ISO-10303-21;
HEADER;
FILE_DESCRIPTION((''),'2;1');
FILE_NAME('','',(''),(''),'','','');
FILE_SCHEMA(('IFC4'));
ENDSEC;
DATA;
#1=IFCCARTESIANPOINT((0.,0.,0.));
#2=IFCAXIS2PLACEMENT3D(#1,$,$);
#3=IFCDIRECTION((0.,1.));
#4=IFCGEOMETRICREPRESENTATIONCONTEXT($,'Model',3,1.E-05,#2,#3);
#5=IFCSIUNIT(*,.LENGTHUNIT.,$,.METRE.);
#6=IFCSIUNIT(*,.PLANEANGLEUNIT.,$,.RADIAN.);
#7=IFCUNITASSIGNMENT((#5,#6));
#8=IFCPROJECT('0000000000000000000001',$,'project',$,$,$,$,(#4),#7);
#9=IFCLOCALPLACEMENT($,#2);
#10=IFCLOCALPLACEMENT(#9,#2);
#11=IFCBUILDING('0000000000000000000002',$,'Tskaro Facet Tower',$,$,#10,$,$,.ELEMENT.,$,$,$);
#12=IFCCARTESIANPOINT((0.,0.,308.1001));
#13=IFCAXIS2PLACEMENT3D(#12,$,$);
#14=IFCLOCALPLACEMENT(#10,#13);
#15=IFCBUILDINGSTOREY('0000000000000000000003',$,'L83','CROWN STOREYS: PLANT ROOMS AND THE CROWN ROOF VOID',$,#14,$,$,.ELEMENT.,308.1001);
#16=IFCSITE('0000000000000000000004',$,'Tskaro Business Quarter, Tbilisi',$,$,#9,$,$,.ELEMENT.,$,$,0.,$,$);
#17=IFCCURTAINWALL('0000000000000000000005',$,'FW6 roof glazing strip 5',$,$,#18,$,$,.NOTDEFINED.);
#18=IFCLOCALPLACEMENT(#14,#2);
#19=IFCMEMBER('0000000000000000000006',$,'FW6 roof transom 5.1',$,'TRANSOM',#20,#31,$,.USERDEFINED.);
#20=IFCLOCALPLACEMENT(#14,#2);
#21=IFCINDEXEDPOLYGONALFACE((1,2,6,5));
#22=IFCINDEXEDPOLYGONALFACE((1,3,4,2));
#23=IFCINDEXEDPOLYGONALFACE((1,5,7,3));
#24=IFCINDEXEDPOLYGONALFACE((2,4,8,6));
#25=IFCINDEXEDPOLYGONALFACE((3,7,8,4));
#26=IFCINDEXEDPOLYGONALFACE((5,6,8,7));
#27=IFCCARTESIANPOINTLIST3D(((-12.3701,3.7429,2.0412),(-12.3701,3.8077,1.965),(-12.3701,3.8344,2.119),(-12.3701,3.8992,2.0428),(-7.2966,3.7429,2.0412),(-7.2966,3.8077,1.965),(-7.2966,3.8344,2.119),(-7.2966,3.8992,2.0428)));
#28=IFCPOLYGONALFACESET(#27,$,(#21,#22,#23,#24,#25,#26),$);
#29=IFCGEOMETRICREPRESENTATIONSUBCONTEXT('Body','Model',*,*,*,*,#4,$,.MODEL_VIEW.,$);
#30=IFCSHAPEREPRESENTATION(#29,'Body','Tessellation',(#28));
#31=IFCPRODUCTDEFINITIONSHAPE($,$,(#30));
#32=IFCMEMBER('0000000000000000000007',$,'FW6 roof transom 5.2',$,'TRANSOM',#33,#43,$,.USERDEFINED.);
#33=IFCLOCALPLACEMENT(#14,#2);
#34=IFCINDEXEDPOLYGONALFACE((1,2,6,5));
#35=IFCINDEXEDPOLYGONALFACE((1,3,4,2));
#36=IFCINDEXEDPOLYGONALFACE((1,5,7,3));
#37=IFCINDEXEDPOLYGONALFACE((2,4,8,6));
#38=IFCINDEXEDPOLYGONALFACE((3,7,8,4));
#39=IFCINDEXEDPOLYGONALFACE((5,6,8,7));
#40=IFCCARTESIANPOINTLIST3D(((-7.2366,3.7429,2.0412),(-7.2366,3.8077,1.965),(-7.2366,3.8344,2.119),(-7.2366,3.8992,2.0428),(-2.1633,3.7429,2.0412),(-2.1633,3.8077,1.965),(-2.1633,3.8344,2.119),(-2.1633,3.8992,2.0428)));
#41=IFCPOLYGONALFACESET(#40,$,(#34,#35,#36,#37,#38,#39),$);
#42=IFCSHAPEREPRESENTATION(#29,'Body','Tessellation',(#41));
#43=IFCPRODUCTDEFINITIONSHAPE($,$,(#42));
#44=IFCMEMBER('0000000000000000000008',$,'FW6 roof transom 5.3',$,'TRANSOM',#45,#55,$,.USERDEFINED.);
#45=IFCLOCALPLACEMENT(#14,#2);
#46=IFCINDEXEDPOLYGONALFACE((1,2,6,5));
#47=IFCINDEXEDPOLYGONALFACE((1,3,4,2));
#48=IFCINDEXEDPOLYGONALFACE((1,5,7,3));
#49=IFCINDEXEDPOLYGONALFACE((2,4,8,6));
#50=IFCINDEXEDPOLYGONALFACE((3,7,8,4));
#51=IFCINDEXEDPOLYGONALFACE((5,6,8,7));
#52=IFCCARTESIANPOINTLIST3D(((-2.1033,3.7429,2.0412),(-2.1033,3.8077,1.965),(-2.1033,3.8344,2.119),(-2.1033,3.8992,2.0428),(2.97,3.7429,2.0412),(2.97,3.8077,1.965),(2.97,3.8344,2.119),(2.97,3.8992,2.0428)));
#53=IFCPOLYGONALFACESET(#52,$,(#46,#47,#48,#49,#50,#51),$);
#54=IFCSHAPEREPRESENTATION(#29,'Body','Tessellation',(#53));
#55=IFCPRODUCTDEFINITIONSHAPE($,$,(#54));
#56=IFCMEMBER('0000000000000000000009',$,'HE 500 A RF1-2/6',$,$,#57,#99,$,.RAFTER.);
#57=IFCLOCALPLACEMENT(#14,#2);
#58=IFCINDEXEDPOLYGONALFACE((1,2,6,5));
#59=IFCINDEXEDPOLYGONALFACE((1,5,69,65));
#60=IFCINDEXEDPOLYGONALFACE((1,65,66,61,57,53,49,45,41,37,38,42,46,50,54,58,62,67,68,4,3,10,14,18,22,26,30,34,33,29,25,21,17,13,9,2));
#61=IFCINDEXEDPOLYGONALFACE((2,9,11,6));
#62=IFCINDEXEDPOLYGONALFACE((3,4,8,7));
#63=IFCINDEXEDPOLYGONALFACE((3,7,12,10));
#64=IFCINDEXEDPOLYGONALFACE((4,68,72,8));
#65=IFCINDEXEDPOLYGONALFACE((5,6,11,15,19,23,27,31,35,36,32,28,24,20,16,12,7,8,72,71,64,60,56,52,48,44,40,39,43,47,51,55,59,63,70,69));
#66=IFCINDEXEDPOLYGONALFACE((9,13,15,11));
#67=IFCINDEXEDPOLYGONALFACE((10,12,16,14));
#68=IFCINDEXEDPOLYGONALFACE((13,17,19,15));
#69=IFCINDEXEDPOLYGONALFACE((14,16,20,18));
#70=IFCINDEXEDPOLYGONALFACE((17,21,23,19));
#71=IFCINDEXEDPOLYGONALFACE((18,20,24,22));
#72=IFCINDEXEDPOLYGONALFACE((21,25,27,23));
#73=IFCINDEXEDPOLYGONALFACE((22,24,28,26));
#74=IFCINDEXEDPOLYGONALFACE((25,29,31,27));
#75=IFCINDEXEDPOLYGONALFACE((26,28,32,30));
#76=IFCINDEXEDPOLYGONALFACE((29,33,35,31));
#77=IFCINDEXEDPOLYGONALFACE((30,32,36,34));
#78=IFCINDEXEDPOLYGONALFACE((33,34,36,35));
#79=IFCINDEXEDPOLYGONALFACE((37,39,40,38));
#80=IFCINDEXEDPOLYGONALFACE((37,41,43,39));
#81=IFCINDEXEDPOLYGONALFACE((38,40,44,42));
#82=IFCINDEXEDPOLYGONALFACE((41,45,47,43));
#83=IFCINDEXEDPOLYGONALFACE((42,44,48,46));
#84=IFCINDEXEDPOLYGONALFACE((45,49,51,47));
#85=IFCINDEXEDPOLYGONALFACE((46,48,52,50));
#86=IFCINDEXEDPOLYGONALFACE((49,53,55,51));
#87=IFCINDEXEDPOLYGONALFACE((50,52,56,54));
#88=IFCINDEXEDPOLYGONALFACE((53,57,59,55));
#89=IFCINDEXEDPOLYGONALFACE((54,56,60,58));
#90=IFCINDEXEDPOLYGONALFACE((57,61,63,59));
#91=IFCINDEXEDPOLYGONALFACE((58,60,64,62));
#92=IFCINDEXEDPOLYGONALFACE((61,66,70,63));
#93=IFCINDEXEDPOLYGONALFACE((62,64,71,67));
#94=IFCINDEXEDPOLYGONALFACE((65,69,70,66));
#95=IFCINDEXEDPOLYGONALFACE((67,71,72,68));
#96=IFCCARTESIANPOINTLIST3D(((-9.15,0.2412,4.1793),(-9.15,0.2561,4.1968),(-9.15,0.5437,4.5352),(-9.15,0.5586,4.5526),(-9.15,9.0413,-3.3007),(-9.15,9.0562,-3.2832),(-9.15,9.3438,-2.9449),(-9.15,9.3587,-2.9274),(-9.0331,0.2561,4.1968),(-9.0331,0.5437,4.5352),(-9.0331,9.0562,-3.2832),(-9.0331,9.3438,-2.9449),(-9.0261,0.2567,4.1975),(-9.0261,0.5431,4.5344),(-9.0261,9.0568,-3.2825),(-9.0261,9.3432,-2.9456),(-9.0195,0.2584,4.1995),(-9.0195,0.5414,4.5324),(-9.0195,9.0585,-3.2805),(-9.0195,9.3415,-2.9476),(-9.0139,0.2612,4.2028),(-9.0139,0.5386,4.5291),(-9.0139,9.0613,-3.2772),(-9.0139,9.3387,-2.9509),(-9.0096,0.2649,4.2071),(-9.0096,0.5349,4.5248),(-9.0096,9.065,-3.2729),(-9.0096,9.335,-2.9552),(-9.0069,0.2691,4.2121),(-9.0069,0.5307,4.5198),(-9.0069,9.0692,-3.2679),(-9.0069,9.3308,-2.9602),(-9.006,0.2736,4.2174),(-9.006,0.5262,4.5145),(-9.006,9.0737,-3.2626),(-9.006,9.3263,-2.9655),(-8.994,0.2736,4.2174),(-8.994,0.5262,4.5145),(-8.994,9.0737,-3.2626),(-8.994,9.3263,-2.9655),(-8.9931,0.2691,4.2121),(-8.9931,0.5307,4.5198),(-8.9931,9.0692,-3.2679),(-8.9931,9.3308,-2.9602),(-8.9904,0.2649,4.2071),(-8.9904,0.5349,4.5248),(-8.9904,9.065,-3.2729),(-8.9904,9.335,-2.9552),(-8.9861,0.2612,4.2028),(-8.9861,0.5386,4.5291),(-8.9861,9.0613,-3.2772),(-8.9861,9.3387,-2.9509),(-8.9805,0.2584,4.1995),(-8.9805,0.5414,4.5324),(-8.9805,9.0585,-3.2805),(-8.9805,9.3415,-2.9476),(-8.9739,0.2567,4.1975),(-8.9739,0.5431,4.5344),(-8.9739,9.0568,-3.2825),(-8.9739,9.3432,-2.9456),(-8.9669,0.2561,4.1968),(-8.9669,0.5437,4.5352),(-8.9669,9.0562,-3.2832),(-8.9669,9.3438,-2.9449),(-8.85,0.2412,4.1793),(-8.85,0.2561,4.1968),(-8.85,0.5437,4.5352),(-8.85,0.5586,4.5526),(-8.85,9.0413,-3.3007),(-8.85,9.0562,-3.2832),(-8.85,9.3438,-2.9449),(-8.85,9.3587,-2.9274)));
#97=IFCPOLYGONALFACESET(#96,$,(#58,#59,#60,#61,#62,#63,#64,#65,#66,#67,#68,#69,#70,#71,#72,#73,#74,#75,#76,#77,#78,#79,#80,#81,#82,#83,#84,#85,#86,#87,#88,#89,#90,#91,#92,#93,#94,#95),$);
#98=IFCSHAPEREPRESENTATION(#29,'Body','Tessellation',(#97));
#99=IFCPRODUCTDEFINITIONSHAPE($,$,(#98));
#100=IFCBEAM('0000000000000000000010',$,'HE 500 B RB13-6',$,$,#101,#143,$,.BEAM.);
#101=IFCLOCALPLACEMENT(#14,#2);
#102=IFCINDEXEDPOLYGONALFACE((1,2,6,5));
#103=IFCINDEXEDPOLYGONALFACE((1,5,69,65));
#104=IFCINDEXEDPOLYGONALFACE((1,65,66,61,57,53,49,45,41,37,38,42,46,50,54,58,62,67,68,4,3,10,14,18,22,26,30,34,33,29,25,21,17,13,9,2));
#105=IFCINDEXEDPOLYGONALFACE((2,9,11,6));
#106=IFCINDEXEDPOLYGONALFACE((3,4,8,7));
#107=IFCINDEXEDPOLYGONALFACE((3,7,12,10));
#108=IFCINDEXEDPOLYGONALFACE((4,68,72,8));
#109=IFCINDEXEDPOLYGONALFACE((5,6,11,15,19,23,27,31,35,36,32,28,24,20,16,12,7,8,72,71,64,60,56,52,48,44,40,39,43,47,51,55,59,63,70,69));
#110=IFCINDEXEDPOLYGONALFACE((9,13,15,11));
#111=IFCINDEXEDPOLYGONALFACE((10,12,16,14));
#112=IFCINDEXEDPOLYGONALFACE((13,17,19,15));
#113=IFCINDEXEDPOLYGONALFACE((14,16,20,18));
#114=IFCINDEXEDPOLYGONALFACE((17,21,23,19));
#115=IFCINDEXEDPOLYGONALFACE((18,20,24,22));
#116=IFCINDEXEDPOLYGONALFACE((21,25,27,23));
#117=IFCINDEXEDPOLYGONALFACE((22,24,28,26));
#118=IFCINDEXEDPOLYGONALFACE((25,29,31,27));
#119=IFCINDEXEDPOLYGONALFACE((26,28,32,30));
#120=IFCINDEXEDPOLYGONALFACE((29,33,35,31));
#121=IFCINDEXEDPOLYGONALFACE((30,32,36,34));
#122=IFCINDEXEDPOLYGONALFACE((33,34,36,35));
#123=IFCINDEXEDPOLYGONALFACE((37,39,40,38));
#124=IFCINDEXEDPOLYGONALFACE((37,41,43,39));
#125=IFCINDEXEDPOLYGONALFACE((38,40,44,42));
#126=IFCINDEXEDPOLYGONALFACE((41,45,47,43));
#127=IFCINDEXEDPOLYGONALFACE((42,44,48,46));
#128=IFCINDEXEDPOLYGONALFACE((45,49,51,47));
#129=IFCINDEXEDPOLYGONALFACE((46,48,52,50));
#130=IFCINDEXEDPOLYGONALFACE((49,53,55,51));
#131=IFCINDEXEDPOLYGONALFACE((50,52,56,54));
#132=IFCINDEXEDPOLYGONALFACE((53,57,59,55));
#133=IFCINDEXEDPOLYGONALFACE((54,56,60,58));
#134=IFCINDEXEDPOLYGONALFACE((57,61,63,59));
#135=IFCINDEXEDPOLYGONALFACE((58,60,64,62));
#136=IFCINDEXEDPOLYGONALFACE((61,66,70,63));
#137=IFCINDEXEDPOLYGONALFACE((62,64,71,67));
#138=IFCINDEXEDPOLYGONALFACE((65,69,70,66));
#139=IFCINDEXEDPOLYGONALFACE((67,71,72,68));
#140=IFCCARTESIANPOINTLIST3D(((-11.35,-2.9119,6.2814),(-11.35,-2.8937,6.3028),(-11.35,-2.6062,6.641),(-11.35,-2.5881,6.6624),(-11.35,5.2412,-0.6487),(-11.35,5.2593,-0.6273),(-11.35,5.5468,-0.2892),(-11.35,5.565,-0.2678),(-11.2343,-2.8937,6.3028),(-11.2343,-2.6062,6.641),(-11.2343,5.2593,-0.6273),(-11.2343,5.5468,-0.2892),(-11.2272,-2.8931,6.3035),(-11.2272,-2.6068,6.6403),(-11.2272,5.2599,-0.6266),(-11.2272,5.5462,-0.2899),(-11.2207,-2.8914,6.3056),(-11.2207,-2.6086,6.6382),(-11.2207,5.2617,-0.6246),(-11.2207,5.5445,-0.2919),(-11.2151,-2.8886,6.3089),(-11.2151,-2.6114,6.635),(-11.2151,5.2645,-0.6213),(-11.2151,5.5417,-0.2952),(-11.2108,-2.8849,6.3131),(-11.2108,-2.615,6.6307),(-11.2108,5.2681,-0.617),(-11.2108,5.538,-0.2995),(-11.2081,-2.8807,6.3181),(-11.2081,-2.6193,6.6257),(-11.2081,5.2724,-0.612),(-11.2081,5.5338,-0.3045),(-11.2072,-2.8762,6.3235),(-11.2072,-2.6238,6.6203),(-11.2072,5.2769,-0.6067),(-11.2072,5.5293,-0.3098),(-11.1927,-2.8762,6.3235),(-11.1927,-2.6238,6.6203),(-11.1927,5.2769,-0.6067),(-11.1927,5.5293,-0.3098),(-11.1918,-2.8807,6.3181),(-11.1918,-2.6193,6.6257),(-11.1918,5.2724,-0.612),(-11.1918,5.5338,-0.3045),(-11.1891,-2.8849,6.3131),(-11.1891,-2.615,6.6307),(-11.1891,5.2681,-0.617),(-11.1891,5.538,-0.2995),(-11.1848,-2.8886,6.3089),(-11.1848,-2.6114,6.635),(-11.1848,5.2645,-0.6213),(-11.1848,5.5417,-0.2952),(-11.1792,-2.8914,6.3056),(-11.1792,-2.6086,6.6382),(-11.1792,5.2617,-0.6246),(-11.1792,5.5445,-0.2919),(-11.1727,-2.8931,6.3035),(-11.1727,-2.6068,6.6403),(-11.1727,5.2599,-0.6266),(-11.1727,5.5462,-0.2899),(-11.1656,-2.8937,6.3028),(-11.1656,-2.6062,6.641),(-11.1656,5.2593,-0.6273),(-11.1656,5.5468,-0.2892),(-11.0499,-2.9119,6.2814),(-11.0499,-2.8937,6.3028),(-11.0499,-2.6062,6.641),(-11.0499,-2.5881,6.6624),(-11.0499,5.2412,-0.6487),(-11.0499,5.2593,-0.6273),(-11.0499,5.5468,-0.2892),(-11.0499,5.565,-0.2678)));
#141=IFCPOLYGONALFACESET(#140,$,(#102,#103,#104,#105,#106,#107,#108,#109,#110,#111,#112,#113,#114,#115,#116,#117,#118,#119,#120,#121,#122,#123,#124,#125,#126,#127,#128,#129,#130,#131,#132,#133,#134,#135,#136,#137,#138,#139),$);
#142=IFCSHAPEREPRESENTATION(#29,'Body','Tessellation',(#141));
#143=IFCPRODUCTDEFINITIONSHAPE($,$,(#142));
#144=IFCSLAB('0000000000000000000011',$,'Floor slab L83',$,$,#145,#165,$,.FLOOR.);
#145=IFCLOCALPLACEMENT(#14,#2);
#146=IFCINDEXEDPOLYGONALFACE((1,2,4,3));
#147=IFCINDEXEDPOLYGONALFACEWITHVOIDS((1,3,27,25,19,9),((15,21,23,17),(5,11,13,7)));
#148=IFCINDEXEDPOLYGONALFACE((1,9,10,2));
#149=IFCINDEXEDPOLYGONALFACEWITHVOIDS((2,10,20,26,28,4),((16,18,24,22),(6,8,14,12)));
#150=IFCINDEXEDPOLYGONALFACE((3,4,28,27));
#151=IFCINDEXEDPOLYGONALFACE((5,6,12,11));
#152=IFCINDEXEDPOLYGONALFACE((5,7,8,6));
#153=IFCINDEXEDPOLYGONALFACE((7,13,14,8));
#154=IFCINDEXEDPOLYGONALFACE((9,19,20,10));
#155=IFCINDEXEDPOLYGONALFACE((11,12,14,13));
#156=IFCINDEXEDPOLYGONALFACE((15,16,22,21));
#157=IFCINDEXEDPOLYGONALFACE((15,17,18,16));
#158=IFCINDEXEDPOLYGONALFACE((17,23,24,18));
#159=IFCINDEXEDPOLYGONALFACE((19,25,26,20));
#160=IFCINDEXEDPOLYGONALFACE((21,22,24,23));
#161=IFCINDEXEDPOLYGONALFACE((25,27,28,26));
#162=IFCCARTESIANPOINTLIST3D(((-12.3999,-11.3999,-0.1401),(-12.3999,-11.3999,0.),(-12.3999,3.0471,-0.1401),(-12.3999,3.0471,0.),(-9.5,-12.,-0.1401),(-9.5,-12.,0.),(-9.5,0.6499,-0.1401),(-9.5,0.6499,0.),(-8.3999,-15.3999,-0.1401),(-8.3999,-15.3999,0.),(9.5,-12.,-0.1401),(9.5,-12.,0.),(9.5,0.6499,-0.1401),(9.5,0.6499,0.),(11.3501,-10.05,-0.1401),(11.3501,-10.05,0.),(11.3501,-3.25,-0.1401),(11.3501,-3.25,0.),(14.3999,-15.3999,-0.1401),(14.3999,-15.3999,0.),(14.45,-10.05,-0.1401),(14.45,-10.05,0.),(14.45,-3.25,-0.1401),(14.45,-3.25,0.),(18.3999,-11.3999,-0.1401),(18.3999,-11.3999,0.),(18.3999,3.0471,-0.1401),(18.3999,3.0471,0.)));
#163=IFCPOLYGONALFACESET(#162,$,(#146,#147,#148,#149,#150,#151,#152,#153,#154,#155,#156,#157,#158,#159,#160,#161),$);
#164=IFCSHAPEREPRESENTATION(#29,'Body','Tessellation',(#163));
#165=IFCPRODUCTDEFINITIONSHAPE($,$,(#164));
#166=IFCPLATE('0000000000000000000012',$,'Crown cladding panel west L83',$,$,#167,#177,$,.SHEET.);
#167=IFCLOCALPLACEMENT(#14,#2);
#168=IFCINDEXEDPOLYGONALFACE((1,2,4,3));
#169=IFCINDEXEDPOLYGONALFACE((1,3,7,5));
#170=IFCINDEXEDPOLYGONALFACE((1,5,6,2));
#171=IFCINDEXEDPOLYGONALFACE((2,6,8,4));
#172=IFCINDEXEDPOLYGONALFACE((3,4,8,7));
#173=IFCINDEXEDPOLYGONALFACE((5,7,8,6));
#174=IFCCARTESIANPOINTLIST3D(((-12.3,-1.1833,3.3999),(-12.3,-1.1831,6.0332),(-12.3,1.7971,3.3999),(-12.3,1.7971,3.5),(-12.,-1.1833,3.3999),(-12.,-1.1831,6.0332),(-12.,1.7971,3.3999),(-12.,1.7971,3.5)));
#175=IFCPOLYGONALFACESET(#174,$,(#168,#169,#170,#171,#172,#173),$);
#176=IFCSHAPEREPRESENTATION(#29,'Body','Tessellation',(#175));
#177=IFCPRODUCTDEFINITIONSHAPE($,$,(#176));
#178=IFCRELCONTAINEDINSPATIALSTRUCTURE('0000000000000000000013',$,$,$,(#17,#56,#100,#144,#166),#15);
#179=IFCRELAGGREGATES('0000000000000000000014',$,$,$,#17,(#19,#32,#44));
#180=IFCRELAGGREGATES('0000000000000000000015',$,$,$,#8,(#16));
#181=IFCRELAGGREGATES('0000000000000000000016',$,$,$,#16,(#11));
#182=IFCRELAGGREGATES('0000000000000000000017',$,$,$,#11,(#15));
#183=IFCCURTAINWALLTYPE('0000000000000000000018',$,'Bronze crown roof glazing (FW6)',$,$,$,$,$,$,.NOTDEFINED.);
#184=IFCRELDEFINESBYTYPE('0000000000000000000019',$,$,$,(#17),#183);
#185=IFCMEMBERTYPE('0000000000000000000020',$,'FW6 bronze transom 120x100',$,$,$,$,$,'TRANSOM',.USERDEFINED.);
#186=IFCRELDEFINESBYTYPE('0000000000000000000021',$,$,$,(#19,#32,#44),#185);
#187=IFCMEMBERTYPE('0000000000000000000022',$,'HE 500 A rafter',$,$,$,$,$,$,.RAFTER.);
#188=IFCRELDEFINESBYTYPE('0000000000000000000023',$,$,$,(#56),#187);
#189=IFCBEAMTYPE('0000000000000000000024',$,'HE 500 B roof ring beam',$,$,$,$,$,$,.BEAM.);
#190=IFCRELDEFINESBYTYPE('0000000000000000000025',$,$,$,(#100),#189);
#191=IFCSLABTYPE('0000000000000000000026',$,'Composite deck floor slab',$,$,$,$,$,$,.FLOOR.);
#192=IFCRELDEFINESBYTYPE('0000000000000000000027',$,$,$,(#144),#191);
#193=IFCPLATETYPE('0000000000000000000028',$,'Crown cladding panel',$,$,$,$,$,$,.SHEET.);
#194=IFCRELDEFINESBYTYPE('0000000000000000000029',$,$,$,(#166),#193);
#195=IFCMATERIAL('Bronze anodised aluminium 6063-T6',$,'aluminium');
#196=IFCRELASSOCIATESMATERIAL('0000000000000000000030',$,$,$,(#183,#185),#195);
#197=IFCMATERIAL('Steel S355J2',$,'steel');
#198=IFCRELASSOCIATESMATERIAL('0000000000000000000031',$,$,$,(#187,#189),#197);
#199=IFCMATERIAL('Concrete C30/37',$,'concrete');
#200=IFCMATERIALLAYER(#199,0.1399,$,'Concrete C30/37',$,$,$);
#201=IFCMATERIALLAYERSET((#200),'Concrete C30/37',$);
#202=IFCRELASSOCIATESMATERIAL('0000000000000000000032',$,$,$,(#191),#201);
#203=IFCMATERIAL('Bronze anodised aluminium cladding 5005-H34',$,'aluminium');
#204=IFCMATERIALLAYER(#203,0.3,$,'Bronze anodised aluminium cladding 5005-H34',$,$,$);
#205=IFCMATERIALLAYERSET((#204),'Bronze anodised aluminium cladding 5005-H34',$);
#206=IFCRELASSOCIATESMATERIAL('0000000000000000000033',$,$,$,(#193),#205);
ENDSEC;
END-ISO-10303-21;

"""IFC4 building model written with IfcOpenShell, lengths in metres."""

from ifc_helpers import new_model, si_unit, direction, frame, origin, origin_2d, place, context, subcontext, project, spatial, polyline, rectangle, i_section, outline, extrude, material, layer, layer_set, material_profile, profile_set, type_object, element, aggregate, save


model = new_model("IFC4")

# Units and contexts
model_context = context("Model", 3, precision=1e-05, world=origin(), true_north=direction((0.0, 1.0)))
body_context = subcontext(model_context, "Body", "Model", "MODEL_VIEW")
ifc_project = project(units=[si_unit("LENGTHUNIT", "METRE"), si_unit("PLANEANGLEUNIT", "RADIAN")], contexts=[model_context])

# Site, building, storey
site_placement = place(None, origin())
site = spatial("IfcSite", under=ifc_project, at=site_placement, Name="Tskaro Business Quarter, Tbilisi", CompositionType="ELEMENT", RefElevation=0.0)
building_placement = place(site_placement, origin())
building = spatial("IfcBuilding", under=site, at=building_placement, Name="Tskaro Facet Tower", CompositionType="ELEMENT")
storey_placement = place(building_placement, frame((0.0, 0.0, 308.1001)))
storey = spatial("IfcBuildingStorey", under=building, at=storey_placement, Name="L83", Description="CROWN STOREYS: PLANT ROOMS AND THE CROWN ROOF VOID", CompositionType="ELEMENT", Elevation=308.1001)

# Curtain wall, members
ifc_material_1 = material(Name="Bronze anodised aluminium 6063-T6", Category="aluminium")
curtain_wall_type_1 = type_object("IfcCurtainWallType", Name="Bronze crown roof glazing (FW6)", PredefinedType="NOTDEFINED", material=ifc_material_1)
curtain_wall_1_placement = place(storey_placement, origin())
curtain_wall_1 = element("IfcCurtainWall", 1, at=curtain_wall_1_placement, inside=storey, type_object=curtain_wall_type_1, Name="FW6 roof glazing strip 5", PredefinedType="NOTDEFINED")
ifc_material_profile_1 = material_profile(ifc_material_1, rectangle(XDim=0.1201, YDim=0.1001, at=origin_2d()), Name="Transom 120x100")
ifc_profile_set_1 = profile_set([ifc_material_profile_1], Name="Bronze anodised aluminium 6063-T6")
member_type_1 = type_object("IfcMemberType", Name="FW6 bronze transom 120x100", ElementType="TRANSOM", PredefinedType="USERDEFINED", material=ifc_profile_set_1)
member_1_placement = place(storey_placement, frame((-12.3701, 3.821, 2.042), z_axis=(1.0, 0.0, 0.0), x_axis=(0.0, 0.761939, 0.647648)))
member_1 = element("IfcMember", 2, at=member_1_placement, type_object=member_type_1, Name="FW6 roof transom 5.1", ObjectType="TRANSOM", PredefinedType="USERDEFINED", context=body_context, shape_type="SweptSolid", body=[
    extrude(rectangle(XDim=0.1201, YDim=0.1001, at=origin_2d()), origin(), (0.0, 0.0, 1.0), 5.0735),
])
member_2_placement = place(storey_placement, frame((-7.2366, 3.821, 2.042), z_axis=(1.0, 0.0, 0.0), x_axis=(0.0, 0.761939, 0.647648)))
member_2 = element("IfcMember", 3, at=member_2_placement, type_object=member_type_1, Name="FW6 roof transom 5.2", ObjectType="TRANSOM", PredefinedType="USERDEFINED", context=body_context, shape_type="SweptSolid", body=[
    extrude(rectangle(XDim=0.1201, YDim=0.1001, at=origin_2d()), origin(), (0.0, 0.0, 1.0), 5.0732),
])
member_3_placement = place(storey_placement, frame((-2.1033, 3.821, 2.042), z_axis=(1.0, 0.0, 0.0), x_axis=(0.0, 0.761939, 0.647648)))
member_3 = element("IfcMember", 4, at=member_3_placement, type_object=member_type_1, Name="FW6 roof transom 5.3", ObjectType="TRANSOM", PredefinedType="USERDEFINED", context=body_context, shape_type="SweptSolid", body=[
    extrude(rectangle(XDim=0.1201, YDim=0.1001, at=origin_2d()), origin(), (0.0, 0.0, 1.0), 5.0732),
])

# Member
ifc_material_2 = material(Name="Steel S355J2", Category="steel")
ifc_material_profile_2 = material_profile(ifc_material_2, i_section(OverallWidth=0.3, OverallDepth=0.49, WebThickness=0.012, FlangeThickness=0.0229, FilletRadius=0.0271, at=origin_2d()), Name="HE 500 A")
ifc_profile_set_2 = profile_set([ifc_material_profile_2], Name="Steel S355J2")
member_type_2 = type_object("IfcMemberType", Name="HE 500 A rafter", PredefinedType="RAFTER", material=ifc_profile_set_2)
member_4_placement = place(storey_placement, frame((-9.0, 0.3999, 4.366), z_axis=(0.0, 0.761942, -0.647645), x_axis=(-1.0, 0.0, 0.0)))
element("IfcMember", 5, at=member_4_placement, inside=storey, type_object=member_type_2, Name="HE 500 A RF1-2/6", PredefinedType="RAFTER", context=body_context, shape_type="SweptSolid", body=[
    extrude(i_section(OverallWidth=0.3, OverallDepth=0.49, WebThickness=0.012, FlangeThickness=0.0229, FilletRadius=0.0271, at=origin_2d()), origin(), (0.0, 0.0, 1.0), 11.5496),
])

# Beam
ifc_material_profile_3 = material_profile(ifc_material_2, i_section(OverallWidth=0.3, OverallDepth=0.5, WebThickness=0.0144, FlangeThickness=0.0281, FilletRadius=0.0271, at=origin_2d()), Name="HE 500 B")
ifc_profile_set_3 = profile_set([ifc_material_profile_3], Name="Steel S355J2")
beam_type = type_object("IfcBeamType", Name="HE 500 B roof ring beam", PredefinedType="BEAM", material=ifc_profile_set_3)
beam_placement = place(storey_placement, frame((-11.2, 5.4031, -0.4583), z_axis=(0.0, -0.761937, 0.647652), x_axis=(1.0, 0.0, 0.0)))
element("IfcBeam", 6, at=beam_placement, inside=storey, type_object=beam_type, Name="HE 500 B RB13-6", PredefinedType="BEAM", context=body_context, shape_type="SweptSolid", body=[
    extrude(i_section(OverallWidth=0.3, OverallDepth=0.5, WebThickness=0.0144, FlangeThickness=0.0281, FilletRadius=0.0271, at=origin_2d()), origin(), (0.0, 0.0, 1.0), 10.7004),
])

# Slab
ifc_material_3 = material(Name="Concrete C30/37", Category="concrete")
ifc_layer_1 = layer(ifc_material_3, 0.1399, Name="Concrete C30/37")
ifc_layer_set_1 = layer_set([ifc_layer_1], Name="Concrete C30/37")
slab_type_1 = type_object("IfcSlabType", Name="Composite deck floor slab", PredefinedType="FLOOR", material=ifc_layer_set_1)
slab_1_placement = place(storey_placement, frame((0.0, 0.0, -0.1401)))
element("IfcSlab", 7, at=slab_1_placement, inside=storey, type_object=slab_type_1, Name="Floor slab L83", PredefinedType="FLOOR", context=body_context, shape_type="SweptSolid", body=[
    extrude(outline(polyline([(-12.3999, 3.0471), (18.3999, 3.0471), (18.3999, -11.3999), (14.3999, -15.3999), (-8.3999, -15.3999), (-12.3999, -11.3999), (-12.3999, 3.0471)]), holes=[polyline([(9.5, 0.6499), (-9.5, 0.6499), (-9.5, -12.0), (9.5, -12.0), (9.5, 0.6499)]), polyline([(14.45, -10.05), (14.45, -3.25), (11.3501, -3.25), (11.3501, -10.05), (14.45, -10.05)])]), origin(), (0.0, 0.0, 1.0), 0.1401),
])

# Plate
ifc_material_4 = material(Name="Bronze anodised aluminium cladding 5005-H34", Category="aluminium")
ifc_layer_2 = layer(ifc_material_4, 0.3, Name="Bronze anodised aluminium cladding 5005-H34")
ifc_layer_set_2 = layer_set([ifc_layer_2], Name="Bronze anodised aluminium cladding 5005-H34")
plate_type_1 = type_object("IfcPlateType", Name="Crown cladding panel", PredefinedType="SHEET", material=ifc_layer_set_2)
plate_1_placement = place(storey_placement, frame((-12.1499, 1.7971, 3.3999), z_axis=(0.0, 0.0, 1.0), x_axis=(0.0, -1.0, 0.0)))
element("IfcPlate", 8, at=plate_1_placement, inside=storey, type_object=plate_type_1, Name="Crown cladding panel west L83", PredefinedType="SHEET", context=body_context, shape_type="SweptSolid", body=[
    extrude(outline(polyline([(0.0, 0.0), (2.9805, 0.0), (2.9802, 2.6333), (0.0, 0.1001), (0.0, 0.0)])), frame((0.0, 0.1499, 0.0), z_axis=(0.0, -1.0, 0.0), x_axis=(1.0, 0.0, 0.0)), (0.0, 0.0, 1.0), 0.3),
])
aggregate(curtain_wall_1, [member_1, member_2, member_3])

save(model, "model.ifc")
